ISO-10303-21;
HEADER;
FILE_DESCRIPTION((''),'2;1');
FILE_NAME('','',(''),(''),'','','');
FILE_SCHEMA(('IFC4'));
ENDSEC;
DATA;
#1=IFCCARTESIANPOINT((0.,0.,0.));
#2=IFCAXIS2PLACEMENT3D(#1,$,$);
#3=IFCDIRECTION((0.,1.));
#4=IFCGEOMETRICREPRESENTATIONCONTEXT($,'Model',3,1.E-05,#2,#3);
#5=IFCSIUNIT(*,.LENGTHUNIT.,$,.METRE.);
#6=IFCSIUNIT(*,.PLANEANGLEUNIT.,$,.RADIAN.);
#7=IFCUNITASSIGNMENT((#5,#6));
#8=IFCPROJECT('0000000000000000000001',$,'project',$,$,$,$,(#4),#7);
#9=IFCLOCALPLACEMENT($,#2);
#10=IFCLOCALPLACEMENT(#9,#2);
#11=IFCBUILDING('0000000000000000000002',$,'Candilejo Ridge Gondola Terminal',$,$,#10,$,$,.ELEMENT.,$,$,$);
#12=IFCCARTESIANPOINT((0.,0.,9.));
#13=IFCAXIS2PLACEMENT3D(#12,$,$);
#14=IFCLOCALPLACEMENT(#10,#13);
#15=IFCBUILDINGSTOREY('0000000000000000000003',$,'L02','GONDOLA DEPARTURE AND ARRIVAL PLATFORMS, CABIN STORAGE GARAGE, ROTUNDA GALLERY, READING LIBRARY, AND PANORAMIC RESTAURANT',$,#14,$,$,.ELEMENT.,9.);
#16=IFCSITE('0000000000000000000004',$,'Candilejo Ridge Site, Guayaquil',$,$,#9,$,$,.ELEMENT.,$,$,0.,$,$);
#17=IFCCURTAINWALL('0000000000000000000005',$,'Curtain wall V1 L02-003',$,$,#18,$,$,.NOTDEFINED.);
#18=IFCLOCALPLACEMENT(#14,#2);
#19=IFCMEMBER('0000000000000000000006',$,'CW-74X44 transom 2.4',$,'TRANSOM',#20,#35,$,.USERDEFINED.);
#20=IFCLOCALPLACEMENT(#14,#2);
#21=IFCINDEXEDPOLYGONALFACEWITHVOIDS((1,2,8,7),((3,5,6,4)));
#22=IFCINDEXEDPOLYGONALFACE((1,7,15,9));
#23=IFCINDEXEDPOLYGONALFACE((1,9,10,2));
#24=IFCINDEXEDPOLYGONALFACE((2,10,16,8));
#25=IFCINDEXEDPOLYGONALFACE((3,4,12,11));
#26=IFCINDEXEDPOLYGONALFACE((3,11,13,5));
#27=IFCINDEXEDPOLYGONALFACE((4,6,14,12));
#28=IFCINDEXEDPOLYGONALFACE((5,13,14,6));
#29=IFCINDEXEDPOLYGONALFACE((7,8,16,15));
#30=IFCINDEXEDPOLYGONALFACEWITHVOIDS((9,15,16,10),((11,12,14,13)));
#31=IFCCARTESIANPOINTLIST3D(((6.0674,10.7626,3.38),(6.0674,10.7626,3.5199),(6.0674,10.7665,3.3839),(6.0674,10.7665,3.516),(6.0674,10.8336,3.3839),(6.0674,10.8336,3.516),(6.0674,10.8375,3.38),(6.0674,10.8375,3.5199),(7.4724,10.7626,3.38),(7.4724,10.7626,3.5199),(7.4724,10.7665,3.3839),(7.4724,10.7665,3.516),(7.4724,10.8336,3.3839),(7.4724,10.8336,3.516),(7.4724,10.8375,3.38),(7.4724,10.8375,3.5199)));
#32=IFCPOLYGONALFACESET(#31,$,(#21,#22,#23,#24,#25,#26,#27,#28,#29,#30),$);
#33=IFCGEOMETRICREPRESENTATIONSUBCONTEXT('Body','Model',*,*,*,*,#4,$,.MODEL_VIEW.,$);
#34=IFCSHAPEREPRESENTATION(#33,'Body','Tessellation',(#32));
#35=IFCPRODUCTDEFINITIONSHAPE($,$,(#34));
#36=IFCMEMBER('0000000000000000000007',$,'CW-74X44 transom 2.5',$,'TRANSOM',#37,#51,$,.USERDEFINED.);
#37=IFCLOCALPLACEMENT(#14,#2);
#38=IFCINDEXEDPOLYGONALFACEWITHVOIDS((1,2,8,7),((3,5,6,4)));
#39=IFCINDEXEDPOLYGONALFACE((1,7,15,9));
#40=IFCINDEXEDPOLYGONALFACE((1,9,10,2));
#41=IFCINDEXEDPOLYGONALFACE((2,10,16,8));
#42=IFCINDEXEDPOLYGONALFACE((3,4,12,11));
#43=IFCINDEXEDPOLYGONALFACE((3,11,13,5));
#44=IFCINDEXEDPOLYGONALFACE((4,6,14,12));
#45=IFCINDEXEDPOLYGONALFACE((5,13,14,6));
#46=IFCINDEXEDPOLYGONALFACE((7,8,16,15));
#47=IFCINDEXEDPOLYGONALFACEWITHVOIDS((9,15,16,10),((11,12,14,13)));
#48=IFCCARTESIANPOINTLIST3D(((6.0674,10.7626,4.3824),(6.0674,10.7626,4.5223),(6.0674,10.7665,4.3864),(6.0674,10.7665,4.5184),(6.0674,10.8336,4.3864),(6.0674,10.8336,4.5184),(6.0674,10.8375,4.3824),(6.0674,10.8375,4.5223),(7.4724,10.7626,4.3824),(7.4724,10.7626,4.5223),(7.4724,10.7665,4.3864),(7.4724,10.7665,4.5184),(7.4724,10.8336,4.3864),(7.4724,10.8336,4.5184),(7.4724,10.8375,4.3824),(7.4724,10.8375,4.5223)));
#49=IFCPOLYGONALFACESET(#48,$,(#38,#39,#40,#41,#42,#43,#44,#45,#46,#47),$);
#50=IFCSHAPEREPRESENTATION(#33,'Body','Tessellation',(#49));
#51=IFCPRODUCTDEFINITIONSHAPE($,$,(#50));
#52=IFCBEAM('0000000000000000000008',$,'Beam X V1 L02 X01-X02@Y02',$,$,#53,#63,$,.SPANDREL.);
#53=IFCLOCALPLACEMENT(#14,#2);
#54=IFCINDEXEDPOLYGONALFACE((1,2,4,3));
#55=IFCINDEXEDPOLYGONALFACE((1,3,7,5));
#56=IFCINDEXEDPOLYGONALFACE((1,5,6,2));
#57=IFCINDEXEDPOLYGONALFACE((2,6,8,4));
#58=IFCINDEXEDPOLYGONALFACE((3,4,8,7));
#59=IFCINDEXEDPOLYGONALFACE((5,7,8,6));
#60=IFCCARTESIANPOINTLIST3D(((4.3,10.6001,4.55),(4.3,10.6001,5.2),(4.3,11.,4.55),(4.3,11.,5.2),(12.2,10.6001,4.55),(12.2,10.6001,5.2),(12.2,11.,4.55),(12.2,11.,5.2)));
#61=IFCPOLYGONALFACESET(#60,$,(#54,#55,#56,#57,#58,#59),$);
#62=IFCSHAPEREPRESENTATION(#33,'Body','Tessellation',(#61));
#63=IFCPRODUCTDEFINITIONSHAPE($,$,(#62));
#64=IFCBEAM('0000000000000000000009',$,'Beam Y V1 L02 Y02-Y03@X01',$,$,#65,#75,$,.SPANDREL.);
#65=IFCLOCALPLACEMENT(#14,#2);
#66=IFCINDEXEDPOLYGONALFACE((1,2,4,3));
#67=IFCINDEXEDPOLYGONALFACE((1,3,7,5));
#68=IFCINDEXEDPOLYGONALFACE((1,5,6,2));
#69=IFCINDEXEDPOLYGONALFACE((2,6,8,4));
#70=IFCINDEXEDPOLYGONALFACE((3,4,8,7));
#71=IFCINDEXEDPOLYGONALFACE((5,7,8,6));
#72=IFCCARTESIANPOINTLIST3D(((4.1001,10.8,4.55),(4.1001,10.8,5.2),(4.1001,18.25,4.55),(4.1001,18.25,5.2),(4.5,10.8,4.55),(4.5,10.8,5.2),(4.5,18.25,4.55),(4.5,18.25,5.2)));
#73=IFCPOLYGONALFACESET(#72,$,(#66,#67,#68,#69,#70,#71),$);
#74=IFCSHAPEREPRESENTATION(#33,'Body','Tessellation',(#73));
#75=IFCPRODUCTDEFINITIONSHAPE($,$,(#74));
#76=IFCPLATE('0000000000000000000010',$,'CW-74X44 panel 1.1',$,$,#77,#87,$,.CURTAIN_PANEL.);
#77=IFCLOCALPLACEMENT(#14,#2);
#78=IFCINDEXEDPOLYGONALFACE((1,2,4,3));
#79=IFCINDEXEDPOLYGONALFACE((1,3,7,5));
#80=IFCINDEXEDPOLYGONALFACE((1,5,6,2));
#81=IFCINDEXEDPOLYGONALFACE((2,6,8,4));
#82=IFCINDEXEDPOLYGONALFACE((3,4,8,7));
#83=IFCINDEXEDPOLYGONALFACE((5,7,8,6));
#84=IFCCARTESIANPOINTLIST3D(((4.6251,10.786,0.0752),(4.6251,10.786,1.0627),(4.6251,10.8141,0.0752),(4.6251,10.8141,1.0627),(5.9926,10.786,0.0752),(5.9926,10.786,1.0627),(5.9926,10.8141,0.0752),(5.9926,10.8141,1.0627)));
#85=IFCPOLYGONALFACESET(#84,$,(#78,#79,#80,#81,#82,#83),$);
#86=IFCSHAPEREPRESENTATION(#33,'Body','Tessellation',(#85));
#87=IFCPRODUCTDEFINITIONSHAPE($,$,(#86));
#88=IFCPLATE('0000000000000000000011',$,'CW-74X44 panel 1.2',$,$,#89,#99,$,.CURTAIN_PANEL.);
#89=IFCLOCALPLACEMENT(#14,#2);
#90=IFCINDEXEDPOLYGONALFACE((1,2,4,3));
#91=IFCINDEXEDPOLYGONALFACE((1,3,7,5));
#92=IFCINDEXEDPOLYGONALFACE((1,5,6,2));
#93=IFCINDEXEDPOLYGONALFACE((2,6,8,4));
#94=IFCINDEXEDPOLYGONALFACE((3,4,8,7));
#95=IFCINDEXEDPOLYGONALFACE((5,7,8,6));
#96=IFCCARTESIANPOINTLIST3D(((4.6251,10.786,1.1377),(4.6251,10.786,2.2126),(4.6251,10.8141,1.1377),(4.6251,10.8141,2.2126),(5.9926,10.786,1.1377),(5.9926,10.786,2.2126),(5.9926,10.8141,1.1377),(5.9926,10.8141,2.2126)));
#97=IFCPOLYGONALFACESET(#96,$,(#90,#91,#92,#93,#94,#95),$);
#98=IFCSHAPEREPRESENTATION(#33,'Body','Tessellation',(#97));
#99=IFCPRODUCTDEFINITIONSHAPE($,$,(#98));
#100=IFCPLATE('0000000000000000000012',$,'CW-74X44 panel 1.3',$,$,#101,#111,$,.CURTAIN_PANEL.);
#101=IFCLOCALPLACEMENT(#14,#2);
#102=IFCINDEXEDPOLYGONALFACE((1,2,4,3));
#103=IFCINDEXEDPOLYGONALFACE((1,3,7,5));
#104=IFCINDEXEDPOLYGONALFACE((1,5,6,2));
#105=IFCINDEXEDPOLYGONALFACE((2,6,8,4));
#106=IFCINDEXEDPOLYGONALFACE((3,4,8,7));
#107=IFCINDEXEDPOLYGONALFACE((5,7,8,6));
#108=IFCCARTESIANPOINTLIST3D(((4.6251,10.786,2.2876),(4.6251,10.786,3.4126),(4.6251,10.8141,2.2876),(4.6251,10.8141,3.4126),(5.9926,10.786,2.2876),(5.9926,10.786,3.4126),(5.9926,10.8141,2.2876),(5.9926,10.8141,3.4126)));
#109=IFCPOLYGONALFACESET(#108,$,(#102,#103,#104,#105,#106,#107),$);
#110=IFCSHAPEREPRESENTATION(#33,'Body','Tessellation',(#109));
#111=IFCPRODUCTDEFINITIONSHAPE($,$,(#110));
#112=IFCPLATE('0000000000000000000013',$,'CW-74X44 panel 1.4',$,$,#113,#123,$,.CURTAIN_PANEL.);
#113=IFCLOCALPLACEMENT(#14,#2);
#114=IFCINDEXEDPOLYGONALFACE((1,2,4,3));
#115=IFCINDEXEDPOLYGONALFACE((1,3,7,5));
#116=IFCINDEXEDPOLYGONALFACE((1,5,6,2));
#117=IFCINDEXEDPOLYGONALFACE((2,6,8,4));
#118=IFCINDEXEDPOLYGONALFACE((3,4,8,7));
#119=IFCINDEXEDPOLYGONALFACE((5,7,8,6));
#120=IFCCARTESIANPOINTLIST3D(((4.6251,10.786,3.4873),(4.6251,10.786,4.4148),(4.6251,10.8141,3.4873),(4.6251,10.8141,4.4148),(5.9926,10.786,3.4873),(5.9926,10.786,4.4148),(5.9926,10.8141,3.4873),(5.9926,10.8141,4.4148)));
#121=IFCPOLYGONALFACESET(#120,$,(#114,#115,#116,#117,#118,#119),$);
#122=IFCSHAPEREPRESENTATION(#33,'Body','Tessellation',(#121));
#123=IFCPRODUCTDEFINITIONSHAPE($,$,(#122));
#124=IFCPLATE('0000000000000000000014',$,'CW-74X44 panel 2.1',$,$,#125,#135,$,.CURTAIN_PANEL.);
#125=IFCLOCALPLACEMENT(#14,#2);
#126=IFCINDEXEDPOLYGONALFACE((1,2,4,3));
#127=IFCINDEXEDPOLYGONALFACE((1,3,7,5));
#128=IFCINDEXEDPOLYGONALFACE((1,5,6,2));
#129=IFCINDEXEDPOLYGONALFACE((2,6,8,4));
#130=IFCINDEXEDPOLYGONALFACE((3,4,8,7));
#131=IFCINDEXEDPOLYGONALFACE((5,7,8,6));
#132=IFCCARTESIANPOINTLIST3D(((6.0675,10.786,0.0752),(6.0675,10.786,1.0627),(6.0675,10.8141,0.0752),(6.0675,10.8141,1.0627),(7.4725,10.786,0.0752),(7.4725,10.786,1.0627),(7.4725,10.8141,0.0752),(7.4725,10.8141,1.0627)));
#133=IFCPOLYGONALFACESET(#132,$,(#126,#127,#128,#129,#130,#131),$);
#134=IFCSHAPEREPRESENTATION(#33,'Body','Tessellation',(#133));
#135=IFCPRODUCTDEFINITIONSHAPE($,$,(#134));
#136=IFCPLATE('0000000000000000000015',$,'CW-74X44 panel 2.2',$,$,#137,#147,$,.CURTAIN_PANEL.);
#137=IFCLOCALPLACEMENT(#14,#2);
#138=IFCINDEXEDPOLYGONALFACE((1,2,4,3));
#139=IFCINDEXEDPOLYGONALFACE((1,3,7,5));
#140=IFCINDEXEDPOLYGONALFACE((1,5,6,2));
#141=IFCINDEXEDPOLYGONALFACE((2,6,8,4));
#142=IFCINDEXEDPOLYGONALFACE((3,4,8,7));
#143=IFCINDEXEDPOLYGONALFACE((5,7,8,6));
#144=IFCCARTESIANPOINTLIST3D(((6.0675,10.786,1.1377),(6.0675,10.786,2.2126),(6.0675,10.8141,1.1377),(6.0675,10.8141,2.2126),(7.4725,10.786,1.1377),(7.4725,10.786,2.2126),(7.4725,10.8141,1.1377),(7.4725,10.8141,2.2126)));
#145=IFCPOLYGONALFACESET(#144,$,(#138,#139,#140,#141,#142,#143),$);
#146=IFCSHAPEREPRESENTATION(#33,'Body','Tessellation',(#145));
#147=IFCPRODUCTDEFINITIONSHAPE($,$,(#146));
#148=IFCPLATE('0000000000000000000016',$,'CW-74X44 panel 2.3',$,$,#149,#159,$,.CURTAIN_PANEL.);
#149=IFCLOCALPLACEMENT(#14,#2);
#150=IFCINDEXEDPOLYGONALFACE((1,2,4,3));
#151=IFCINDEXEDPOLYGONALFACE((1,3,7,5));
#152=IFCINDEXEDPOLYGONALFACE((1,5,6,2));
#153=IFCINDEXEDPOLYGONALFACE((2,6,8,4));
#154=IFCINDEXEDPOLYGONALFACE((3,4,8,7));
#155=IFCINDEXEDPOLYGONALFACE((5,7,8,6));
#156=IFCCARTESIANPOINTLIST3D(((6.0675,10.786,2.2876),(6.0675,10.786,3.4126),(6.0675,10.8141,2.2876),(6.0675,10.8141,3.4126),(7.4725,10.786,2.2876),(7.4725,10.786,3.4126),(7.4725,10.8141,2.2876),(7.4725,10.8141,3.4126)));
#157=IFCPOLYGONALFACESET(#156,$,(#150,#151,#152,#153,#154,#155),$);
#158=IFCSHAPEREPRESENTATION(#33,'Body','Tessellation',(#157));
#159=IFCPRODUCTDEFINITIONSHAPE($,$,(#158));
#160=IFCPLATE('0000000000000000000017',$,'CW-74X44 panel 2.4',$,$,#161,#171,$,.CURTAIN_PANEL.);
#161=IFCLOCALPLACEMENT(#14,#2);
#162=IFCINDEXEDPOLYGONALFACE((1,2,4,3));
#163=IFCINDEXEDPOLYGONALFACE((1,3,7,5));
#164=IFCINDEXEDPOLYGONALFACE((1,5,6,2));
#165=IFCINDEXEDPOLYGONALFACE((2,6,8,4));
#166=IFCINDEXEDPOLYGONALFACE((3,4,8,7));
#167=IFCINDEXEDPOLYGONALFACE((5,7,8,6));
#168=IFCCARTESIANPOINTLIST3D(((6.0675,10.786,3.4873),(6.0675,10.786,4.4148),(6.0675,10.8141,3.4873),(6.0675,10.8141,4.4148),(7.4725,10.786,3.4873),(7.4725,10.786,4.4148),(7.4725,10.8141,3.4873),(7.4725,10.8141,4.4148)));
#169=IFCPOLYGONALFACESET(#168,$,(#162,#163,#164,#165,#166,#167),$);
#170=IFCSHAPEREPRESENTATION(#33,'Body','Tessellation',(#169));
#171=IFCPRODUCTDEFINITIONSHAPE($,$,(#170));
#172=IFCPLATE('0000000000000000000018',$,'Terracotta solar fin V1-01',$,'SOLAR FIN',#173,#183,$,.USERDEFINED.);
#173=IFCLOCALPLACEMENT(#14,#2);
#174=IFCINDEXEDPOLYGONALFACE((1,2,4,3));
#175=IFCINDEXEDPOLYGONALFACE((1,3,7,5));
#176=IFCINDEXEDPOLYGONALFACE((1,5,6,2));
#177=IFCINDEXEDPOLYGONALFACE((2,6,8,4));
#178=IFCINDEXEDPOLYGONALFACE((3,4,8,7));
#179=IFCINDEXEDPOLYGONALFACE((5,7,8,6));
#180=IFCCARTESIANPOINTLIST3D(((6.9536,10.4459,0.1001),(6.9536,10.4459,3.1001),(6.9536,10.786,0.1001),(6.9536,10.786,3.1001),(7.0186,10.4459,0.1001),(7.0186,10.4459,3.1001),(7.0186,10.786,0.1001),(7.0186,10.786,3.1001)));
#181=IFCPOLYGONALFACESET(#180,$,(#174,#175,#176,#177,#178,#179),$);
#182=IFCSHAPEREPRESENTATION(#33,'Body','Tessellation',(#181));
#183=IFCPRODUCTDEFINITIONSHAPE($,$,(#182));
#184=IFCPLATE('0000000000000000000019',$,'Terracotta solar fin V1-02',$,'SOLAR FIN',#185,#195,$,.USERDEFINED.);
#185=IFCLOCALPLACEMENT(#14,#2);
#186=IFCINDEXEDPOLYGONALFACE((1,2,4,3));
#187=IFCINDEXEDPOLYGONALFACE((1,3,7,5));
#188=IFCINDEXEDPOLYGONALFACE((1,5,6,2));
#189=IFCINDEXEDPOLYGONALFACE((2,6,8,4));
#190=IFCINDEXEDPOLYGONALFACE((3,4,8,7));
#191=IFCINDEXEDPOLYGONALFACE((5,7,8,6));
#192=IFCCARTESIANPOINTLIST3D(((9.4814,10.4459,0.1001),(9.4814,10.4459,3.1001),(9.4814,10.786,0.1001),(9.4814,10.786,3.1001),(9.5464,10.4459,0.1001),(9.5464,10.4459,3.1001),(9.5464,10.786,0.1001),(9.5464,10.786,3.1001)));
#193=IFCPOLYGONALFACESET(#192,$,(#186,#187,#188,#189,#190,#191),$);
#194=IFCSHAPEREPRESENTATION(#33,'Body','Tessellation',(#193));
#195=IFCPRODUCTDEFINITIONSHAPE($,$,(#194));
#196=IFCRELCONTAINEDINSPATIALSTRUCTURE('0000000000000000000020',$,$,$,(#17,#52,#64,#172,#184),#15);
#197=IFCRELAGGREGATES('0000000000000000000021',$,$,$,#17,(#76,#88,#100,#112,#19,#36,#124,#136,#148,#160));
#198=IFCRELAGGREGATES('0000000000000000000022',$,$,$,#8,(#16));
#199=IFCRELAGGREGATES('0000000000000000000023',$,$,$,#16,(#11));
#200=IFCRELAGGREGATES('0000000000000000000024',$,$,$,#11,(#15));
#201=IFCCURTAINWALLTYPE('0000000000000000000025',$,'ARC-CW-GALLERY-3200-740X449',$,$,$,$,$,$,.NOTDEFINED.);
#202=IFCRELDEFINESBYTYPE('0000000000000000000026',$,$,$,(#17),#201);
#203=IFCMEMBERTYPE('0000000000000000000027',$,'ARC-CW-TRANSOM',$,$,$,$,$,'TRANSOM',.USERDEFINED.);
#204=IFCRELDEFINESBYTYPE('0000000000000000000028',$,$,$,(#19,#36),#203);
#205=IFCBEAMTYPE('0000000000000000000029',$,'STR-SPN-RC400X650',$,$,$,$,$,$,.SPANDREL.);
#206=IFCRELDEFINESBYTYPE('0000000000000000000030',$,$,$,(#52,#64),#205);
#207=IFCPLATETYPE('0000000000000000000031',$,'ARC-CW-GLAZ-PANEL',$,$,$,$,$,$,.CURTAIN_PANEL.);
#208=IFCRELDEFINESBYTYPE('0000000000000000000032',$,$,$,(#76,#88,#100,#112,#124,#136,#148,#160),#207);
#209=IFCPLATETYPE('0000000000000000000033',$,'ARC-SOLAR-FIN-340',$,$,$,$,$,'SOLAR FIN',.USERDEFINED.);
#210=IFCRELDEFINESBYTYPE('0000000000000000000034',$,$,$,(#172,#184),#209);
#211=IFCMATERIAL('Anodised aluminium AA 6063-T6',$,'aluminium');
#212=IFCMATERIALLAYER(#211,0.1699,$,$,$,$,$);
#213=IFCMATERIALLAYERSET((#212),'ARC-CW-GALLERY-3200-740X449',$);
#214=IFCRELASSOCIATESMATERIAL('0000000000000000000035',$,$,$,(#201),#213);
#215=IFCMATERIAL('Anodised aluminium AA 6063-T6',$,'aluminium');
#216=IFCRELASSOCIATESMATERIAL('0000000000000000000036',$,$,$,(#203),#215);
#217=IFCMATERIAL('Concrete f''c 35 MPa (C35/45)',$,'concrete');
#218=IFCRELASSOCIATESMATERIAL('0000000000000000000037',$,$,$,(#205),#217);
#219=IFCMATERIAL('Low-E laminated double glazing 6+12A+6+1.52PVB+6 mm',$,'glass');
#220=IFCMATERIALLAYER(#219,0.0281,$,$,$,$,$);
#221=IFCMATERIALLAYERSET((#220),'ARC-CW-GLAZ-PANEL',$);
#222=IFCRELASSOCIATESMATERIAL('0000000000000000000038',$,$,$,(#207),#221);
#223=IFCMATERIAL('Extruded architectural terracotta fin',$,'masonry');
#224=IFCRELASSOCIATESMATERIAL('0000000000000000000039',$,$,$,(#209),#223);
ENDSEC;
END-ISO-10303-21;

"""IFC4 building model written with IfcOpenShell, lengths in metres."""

from ifc_helpers import new_model, si_unit, direction, frame, origin, origin_2d, place, context, subcontext, project, spatial, rectangle, hollow_rectangle, extrude, material, layer, layer_set, material_profile, profile_set, type_object, element, aggregate, save


model = new_model("IFC4")

# Units and contexts
model_context = context("Model", 3, precision=1e-05, world=origin(), true_north=direction((0.0, 1.0)))
body_context = subcontext(model_context, "Body", "Model", "MODEL_VIEW")
ifc_project = project(units=[si_unit("LENGTHUNIT", "METRE"), si_unit("PLANEANGLEUNIT", "RADIAN")], contexts=[model_context])

# Site, building, storey
site_placement = place(None, origin())
site = spatial("IfcSite", under=ifc_project, at=site_placement, Name="Candilejo Ridge Site, Guayaquil", CompositionType="ELEMENT", RefElevation=0.0)
building_placement = place(site_placement, origin())
building = spatial("IfcBuilding", under=site, at=building_placement, Name="Candilejo Ridge Gondola Terminal", CompositionType="ELEMENT")
storey_placement = place(building_placement, frame((0.0, 0.0, 9.0)))
storey = spatial("IfcBuildingStorey", under=building, at=storey_placement, Name="L02", Description="GONDOLA DEPARTURE AND ARRIVAL PLATFORMS, CABIN STORAGE GARAGE, ROTUNDA GALLERY, READING LIBRARY, AND PANORAMIC RESTAURANT", CompositionType="ELEMENT", Elevation=9.0)

# Curtain wall, members
ifc_material_1 = material(Name="Anodised aluminium AA 6063-T6", Category="aluminium")
ifc_layer_1 = layer(ifc_material_1, 0.1699)
ifc_layer_set_1 = layer_set([ifc_layer_1], Name="ARC-CW-GALLERY-3200-740X449")
curtain_wall_type = type_object("IfcCurtainWallType", Name="ARC-CW-GALLERY-3200-740X449", PredefinedType="NOTDEFINED", material=ifc_layer_set_1)
curtain_wall_placement = place(storey_placement, origin())
curtain_wall = element("IfcCurtainWall", 1, at=curtain_wall_placement, inside=storey, type_object=curtain_wall_type, Name="Curtain wall V1 L02-003", PredefinedType="NOTDEFINED")
ifc_material_2 = material(Name="Anodised aluminium AA 6063-T6", Category="aluminium")
ifc_material_profile_1 = material_profile(ifc_material_2, hollow_rectangle(XDim=0.075, YDim=0.1399, WallThickness=0.0039, at=origin_2d()))
ifc_profile_set_1 = profile_set([ifc_material_profile_1], Name="Anodised aluminium AA 6063-T6")
member_type_1 = type_object("IfcMemberType", Name="ARC-CW-TRANSOM", ElementType="TRANSOM", PredefinedType="USERDEFINED", material=ifc_profile_set_1)
member_1_placement = place(storey_placement, frame((6.0674, 10.8, 3.45), z_axis=(1.0, 0.0, 0.0), x_axis=(0.0, 1.0, 0.0)))
member_1 = element("IfcMember", 2, at=member_1_placement, type_object=member_type_1, Name="CW-74X44 transom 2.4", ObjectType="TRANSOM", PredefinedType="USERDEFINED", context=body_context, shape_type="SweptSolid", body=[
    extrude(hollow_rectangle(XDim=0.075, YDim=0.1399, WallThickness=0.0039, at=origin_2d()), origin(), (0.0, 0.0, 1.0), 1.405),
])
member_2_placement = place(storey_placement, frame((6.0674, 10.8, 4.4524), z_axis=(1.0, 0.0, 0.0), x_axis=(0.0, 1.0, 0.0)))
member_2 = element("IfcMember", 3, at=member_2_placement, type_object=member_type_1, Name="CW-74X44 transom 2.5", ObjectType="TRANSOM", PredefinedType="USERDEFINED", context=body_context, shape_type="SweptSolid", body=[
    extrude(hollow_rectangle(XDim=0.075, YDim=0.1399, WallThickness=0.0039, at=origin_2d()), origin(), (0.0, 0.0, 1.0), 1.405),
])

# Beams
ifc_material_3 = material(Name="Concrete f'c 35 MPa (C35/45)", Category="concrete")
ifc_material_profile_2 = material_profile(ifc_material_3, rectangle(XDim=0.3999, YDim=0.6499, at=origin_2d()))
ifc_profile_set_2 = profile_set([ifc_material_profile_2], Name="Concrete f'c 35 MPa (C35/45)")
beam_type = type_object("IfcBeamType", Name="STR-SPN-RC400X650", PredefinedType="SPANDREL", material=ifc_profile_set_2)
beam_1_placement = place(storey_placement, frame((4.3, 10.8, 4.875), z_axis=(1.0, 0.0, 0.0), x_axis=(0.0, 1.0, 0.0)))
element("IfcBeam", 4, at=beam_1_placement, inside=storey, type_object=beam_type, Name="Beam X V1 L02 X01-X02@Y02", PredefinedType="SPANDREL", context=body_context, shape_type="SweptSolid", body=[
    extrude(rectangle(XDim=0.3999, YDim=0.6499, at=origin_2d()), origin(), (0.0, 0.0, 1.0), 7.8999),
])
beam_2_placement = place(storey_placement, frame((4.3, 10.8, 4.875), z_axis=(0.0, 1.0, 0.0), x_axis=(-1.0, 0.0, 0.0)))
element("IfcBeam", 5, at=beam_2_placement, inside=storey, type_object=beam_type, Name="Beam Y V1 L02 Y02-Y03@X01", PredefinedType="SPANDREL", context=body_context, shape_type="SweptSolid", body=[
    extrude(rectangle(XDim=0.3999, YDim=0.6499, at=origin_2d()), origin(), (0.0, 0.0, 1.0), 7.45),
])

# Plates
ifc_material_4 = material(Name="Low-E laminated double glazing 6+12A+6+1.52PVB+6 mm", Category="glass")
ifc_layer_2 = layer(ifc_material_4, 0.0281)
ifc_layer_set_2 = layer_set([ifc_layer_2], Name="ARC-CW-GLAZ-PANEL")
plate_type_1 = type_object("IfcPlateType", Name="ARC-CW-GLAZ-PANEL", PredefinedType="CURTAIN_PANEL", material=ifc_layer_set_2)
plate_1_placement = place(storey_placement, frame((5.3088, 10.8, 0.0752), z_axis=(0.0, 0.0, 1.0), x_axis=(1.0, 0.0, 0.0)))
plate_1 = element("IfcPlate", 6, at=plate_1_placement, type_object=plate_type_1, Name="CW-74X44 panel 1.1", PredefinedType="CURTAIN_PANEL", context=body_context, shape_type="SweptSolid", body=[
    extrude(rectangle(XDim=1.3674, YDim=0.0281, at=origin_2d()), origin(), (0.0, 0.0, 1.0), 0.9875),
])
plate_2_placement = place(storey_placement, frame((5.3088, 10.8, 1.1377), z_axis=(0.0, 0.0, 1.0), x_axis=(1.0, 0.0, 0.0)))
plate_2 = element("IfcPlate", 7, at=plate_2_placement, type_object=plate_type_1, Name="CW-74X44 panel 1.2", PredefinedType="CURTAIN_PANEL", context=body_context, shape_type="SweptSolid", body=[
    extrude(rectangle(XDim=1.3674, YDim=0.0281, at=origin_2d()), origin(), (0.0, 0.0, 1.0), 1.075),
])
plate_3_placement = place(storey_placement, frame((5.3088, 10.8, 2.2876), z_axis=(0.0, 0.0, 1.0), x_axis=(1.0, 0.0, 0.0)))
plate_3 = element("IfcPlate", 8, at=plate_3_placement, type_object=plate_type_1, Name="CW-74X44 panel 1.3", PredefinedType="CURTAIN_PANEL", context=body_context, shape_type="SweptSolid", body=[
    extrude(rectangle(XDim=1.3674, YDim=0.0281, at=origin_2d()), origin(), (0.0, 0.0, 1.0), 1.125),
])
plate_4_placement = place(storey_placement, frame((5.3088, 10.8, 3.4873), z_axis=(0.0, 0.0, 1.0), x_axis=(1.0, 0.0, 0.0)))
plate_4 = element("IfcPlate", 9, at=plate_4_placement, type_object=plate_type_1, Name="CW-74X44 panel 1.4", PredefinedType="CURTAIN_PANEL", context=body_context, shape_type="SweptSolid", body=[
    extrude(rectangle(XDim=1.3674, YDim=0.0281, at=origin_2d()), origin(), (0.0, 0.0, 1.0), 0.9275),
])
plate_5_placement = place(storey_placement, frame((6.77, 10.8, 0.0752), z_axis=(0.0, 0.0, 1.0), x_axis=(1.0, 0.0, 0.0)))
plate_5 = element("IfcPlate", 10, at=plate_5_placement, type_object=plate_type_1, Name="CW-74X44 panel 2.1", PredefinedType="CURTAIN_PANEL", context=body_context, shape_type="SweptSolid", body=[
    extrude(rectangle(XDim=1.405, YDim=0.0281, at=origin_2d()), origin(), (0.0, 0.0, 1.0), 0.9875),
])
plate_6_placement = place(storey_placement, frame((6.77, 10.8, 1.1377), z_axis=(0.0, 0.0, 1.0), x_axis=(1.0, 0.0, 0.0)))
plate_6 = element("IfcPlate", 11, at=plate_6_placement, type_object=plate_type_1, Name="CW-74X44 panel 2.2", PredefinedType="CURTAIN_PANEL", context=body_context, shape_type="SweptSolid", body=[
    extrude(rectangle(XDim=1.405, YDim=0.0281, at=origin_2d()), origin(), (0.0, 0.0, 1.0), 1.075),
])
plate_7_placement = place(storey_placement, frame((6.77, 10.8, 2.2876), z_axis=(0.0, 0.0, 1.0), x_axis=(1.0, 0.0, 0.0)))
plate_7 = element("IfcPlate", 12, at=plate_7_placement, type_object=plate_type_1, Name="CW-74X44 panel 2.3", PredefinedType="CURTAIN_PANEL", context=body_context, shape_type="SweptSolid", body=[
    extrude(rectangle(XDim=1.405, YDim=0.0281, at=origin_2d()), origin(), (0.0, 0.0, 1.0), 1.125),
])
plate_8_placement = place(storey_placement, frame((6.77, 10.8, 3.4873), z_axis=(0.0, 0.0, 1.0), x_axis=(1.0, 0.0, 0.0)))
plate_8 = element("IfcPlate", 13, at=plate_8_placement, type_object=plate_type_1, Name="CW-74X44 panel 2.4", PredefinedType="CURTAIN_PANEL", context=body_context, shape_type="SweptSolid", body=[
    extrude(rectangle(XDim=1.405, YDim=0.0281, at=origin_2d()), origin(), (0.0, 0.0, 1.0), 0.9275),
])
aggregate(curtain_wall, [plate_1, plate_2, plate_3, plate_4, member_1, member_2, plate_5, plate_6, plate_7, plate_8])

# Plates
ifc_material_5 = material(Name="Extruded architectural terracotta fin", Category="masonry")
plate_type_2 = type_object("IfcPlateType", Name="ARC-SOLAR-FIN-340", ElementType="SOLAR FIN", PredefinedType="USERDEFINED", material=ifc_material_5)
for number, where, z_axis, x_axis, name in (
    (14, (6.9861, 10.616, 0.1001), (0.0, 0.0, 1.0), (1.0, 0.0, 0.0), "Terracotta solar fin V1-01"),
    (15, (9.5139, 10.616, 0.1001), (0.0, 0.0, 1.0), (1.0, 0.0, 0.0), "Terracotta solar fin V1-02"),
):
    element("IfcPlate", number, at=place(storey_placement, frame(where, z_axis=z_axis, x_axis=x_axis)), inside=storey, type_object=plate_type_2, Name=name, ObjectType="SOLAR FIN", PredefinedType="USERDEFINED", context=body_context, shape_type="SweptSolid", body=[
        extrude(rectangle(XDim=0.0649, YDim=0.3401, at=origin_2d()), origin(), (0.0, 0.0, 1.0), 3.0),
    ])

save(model, "model.ifc")
